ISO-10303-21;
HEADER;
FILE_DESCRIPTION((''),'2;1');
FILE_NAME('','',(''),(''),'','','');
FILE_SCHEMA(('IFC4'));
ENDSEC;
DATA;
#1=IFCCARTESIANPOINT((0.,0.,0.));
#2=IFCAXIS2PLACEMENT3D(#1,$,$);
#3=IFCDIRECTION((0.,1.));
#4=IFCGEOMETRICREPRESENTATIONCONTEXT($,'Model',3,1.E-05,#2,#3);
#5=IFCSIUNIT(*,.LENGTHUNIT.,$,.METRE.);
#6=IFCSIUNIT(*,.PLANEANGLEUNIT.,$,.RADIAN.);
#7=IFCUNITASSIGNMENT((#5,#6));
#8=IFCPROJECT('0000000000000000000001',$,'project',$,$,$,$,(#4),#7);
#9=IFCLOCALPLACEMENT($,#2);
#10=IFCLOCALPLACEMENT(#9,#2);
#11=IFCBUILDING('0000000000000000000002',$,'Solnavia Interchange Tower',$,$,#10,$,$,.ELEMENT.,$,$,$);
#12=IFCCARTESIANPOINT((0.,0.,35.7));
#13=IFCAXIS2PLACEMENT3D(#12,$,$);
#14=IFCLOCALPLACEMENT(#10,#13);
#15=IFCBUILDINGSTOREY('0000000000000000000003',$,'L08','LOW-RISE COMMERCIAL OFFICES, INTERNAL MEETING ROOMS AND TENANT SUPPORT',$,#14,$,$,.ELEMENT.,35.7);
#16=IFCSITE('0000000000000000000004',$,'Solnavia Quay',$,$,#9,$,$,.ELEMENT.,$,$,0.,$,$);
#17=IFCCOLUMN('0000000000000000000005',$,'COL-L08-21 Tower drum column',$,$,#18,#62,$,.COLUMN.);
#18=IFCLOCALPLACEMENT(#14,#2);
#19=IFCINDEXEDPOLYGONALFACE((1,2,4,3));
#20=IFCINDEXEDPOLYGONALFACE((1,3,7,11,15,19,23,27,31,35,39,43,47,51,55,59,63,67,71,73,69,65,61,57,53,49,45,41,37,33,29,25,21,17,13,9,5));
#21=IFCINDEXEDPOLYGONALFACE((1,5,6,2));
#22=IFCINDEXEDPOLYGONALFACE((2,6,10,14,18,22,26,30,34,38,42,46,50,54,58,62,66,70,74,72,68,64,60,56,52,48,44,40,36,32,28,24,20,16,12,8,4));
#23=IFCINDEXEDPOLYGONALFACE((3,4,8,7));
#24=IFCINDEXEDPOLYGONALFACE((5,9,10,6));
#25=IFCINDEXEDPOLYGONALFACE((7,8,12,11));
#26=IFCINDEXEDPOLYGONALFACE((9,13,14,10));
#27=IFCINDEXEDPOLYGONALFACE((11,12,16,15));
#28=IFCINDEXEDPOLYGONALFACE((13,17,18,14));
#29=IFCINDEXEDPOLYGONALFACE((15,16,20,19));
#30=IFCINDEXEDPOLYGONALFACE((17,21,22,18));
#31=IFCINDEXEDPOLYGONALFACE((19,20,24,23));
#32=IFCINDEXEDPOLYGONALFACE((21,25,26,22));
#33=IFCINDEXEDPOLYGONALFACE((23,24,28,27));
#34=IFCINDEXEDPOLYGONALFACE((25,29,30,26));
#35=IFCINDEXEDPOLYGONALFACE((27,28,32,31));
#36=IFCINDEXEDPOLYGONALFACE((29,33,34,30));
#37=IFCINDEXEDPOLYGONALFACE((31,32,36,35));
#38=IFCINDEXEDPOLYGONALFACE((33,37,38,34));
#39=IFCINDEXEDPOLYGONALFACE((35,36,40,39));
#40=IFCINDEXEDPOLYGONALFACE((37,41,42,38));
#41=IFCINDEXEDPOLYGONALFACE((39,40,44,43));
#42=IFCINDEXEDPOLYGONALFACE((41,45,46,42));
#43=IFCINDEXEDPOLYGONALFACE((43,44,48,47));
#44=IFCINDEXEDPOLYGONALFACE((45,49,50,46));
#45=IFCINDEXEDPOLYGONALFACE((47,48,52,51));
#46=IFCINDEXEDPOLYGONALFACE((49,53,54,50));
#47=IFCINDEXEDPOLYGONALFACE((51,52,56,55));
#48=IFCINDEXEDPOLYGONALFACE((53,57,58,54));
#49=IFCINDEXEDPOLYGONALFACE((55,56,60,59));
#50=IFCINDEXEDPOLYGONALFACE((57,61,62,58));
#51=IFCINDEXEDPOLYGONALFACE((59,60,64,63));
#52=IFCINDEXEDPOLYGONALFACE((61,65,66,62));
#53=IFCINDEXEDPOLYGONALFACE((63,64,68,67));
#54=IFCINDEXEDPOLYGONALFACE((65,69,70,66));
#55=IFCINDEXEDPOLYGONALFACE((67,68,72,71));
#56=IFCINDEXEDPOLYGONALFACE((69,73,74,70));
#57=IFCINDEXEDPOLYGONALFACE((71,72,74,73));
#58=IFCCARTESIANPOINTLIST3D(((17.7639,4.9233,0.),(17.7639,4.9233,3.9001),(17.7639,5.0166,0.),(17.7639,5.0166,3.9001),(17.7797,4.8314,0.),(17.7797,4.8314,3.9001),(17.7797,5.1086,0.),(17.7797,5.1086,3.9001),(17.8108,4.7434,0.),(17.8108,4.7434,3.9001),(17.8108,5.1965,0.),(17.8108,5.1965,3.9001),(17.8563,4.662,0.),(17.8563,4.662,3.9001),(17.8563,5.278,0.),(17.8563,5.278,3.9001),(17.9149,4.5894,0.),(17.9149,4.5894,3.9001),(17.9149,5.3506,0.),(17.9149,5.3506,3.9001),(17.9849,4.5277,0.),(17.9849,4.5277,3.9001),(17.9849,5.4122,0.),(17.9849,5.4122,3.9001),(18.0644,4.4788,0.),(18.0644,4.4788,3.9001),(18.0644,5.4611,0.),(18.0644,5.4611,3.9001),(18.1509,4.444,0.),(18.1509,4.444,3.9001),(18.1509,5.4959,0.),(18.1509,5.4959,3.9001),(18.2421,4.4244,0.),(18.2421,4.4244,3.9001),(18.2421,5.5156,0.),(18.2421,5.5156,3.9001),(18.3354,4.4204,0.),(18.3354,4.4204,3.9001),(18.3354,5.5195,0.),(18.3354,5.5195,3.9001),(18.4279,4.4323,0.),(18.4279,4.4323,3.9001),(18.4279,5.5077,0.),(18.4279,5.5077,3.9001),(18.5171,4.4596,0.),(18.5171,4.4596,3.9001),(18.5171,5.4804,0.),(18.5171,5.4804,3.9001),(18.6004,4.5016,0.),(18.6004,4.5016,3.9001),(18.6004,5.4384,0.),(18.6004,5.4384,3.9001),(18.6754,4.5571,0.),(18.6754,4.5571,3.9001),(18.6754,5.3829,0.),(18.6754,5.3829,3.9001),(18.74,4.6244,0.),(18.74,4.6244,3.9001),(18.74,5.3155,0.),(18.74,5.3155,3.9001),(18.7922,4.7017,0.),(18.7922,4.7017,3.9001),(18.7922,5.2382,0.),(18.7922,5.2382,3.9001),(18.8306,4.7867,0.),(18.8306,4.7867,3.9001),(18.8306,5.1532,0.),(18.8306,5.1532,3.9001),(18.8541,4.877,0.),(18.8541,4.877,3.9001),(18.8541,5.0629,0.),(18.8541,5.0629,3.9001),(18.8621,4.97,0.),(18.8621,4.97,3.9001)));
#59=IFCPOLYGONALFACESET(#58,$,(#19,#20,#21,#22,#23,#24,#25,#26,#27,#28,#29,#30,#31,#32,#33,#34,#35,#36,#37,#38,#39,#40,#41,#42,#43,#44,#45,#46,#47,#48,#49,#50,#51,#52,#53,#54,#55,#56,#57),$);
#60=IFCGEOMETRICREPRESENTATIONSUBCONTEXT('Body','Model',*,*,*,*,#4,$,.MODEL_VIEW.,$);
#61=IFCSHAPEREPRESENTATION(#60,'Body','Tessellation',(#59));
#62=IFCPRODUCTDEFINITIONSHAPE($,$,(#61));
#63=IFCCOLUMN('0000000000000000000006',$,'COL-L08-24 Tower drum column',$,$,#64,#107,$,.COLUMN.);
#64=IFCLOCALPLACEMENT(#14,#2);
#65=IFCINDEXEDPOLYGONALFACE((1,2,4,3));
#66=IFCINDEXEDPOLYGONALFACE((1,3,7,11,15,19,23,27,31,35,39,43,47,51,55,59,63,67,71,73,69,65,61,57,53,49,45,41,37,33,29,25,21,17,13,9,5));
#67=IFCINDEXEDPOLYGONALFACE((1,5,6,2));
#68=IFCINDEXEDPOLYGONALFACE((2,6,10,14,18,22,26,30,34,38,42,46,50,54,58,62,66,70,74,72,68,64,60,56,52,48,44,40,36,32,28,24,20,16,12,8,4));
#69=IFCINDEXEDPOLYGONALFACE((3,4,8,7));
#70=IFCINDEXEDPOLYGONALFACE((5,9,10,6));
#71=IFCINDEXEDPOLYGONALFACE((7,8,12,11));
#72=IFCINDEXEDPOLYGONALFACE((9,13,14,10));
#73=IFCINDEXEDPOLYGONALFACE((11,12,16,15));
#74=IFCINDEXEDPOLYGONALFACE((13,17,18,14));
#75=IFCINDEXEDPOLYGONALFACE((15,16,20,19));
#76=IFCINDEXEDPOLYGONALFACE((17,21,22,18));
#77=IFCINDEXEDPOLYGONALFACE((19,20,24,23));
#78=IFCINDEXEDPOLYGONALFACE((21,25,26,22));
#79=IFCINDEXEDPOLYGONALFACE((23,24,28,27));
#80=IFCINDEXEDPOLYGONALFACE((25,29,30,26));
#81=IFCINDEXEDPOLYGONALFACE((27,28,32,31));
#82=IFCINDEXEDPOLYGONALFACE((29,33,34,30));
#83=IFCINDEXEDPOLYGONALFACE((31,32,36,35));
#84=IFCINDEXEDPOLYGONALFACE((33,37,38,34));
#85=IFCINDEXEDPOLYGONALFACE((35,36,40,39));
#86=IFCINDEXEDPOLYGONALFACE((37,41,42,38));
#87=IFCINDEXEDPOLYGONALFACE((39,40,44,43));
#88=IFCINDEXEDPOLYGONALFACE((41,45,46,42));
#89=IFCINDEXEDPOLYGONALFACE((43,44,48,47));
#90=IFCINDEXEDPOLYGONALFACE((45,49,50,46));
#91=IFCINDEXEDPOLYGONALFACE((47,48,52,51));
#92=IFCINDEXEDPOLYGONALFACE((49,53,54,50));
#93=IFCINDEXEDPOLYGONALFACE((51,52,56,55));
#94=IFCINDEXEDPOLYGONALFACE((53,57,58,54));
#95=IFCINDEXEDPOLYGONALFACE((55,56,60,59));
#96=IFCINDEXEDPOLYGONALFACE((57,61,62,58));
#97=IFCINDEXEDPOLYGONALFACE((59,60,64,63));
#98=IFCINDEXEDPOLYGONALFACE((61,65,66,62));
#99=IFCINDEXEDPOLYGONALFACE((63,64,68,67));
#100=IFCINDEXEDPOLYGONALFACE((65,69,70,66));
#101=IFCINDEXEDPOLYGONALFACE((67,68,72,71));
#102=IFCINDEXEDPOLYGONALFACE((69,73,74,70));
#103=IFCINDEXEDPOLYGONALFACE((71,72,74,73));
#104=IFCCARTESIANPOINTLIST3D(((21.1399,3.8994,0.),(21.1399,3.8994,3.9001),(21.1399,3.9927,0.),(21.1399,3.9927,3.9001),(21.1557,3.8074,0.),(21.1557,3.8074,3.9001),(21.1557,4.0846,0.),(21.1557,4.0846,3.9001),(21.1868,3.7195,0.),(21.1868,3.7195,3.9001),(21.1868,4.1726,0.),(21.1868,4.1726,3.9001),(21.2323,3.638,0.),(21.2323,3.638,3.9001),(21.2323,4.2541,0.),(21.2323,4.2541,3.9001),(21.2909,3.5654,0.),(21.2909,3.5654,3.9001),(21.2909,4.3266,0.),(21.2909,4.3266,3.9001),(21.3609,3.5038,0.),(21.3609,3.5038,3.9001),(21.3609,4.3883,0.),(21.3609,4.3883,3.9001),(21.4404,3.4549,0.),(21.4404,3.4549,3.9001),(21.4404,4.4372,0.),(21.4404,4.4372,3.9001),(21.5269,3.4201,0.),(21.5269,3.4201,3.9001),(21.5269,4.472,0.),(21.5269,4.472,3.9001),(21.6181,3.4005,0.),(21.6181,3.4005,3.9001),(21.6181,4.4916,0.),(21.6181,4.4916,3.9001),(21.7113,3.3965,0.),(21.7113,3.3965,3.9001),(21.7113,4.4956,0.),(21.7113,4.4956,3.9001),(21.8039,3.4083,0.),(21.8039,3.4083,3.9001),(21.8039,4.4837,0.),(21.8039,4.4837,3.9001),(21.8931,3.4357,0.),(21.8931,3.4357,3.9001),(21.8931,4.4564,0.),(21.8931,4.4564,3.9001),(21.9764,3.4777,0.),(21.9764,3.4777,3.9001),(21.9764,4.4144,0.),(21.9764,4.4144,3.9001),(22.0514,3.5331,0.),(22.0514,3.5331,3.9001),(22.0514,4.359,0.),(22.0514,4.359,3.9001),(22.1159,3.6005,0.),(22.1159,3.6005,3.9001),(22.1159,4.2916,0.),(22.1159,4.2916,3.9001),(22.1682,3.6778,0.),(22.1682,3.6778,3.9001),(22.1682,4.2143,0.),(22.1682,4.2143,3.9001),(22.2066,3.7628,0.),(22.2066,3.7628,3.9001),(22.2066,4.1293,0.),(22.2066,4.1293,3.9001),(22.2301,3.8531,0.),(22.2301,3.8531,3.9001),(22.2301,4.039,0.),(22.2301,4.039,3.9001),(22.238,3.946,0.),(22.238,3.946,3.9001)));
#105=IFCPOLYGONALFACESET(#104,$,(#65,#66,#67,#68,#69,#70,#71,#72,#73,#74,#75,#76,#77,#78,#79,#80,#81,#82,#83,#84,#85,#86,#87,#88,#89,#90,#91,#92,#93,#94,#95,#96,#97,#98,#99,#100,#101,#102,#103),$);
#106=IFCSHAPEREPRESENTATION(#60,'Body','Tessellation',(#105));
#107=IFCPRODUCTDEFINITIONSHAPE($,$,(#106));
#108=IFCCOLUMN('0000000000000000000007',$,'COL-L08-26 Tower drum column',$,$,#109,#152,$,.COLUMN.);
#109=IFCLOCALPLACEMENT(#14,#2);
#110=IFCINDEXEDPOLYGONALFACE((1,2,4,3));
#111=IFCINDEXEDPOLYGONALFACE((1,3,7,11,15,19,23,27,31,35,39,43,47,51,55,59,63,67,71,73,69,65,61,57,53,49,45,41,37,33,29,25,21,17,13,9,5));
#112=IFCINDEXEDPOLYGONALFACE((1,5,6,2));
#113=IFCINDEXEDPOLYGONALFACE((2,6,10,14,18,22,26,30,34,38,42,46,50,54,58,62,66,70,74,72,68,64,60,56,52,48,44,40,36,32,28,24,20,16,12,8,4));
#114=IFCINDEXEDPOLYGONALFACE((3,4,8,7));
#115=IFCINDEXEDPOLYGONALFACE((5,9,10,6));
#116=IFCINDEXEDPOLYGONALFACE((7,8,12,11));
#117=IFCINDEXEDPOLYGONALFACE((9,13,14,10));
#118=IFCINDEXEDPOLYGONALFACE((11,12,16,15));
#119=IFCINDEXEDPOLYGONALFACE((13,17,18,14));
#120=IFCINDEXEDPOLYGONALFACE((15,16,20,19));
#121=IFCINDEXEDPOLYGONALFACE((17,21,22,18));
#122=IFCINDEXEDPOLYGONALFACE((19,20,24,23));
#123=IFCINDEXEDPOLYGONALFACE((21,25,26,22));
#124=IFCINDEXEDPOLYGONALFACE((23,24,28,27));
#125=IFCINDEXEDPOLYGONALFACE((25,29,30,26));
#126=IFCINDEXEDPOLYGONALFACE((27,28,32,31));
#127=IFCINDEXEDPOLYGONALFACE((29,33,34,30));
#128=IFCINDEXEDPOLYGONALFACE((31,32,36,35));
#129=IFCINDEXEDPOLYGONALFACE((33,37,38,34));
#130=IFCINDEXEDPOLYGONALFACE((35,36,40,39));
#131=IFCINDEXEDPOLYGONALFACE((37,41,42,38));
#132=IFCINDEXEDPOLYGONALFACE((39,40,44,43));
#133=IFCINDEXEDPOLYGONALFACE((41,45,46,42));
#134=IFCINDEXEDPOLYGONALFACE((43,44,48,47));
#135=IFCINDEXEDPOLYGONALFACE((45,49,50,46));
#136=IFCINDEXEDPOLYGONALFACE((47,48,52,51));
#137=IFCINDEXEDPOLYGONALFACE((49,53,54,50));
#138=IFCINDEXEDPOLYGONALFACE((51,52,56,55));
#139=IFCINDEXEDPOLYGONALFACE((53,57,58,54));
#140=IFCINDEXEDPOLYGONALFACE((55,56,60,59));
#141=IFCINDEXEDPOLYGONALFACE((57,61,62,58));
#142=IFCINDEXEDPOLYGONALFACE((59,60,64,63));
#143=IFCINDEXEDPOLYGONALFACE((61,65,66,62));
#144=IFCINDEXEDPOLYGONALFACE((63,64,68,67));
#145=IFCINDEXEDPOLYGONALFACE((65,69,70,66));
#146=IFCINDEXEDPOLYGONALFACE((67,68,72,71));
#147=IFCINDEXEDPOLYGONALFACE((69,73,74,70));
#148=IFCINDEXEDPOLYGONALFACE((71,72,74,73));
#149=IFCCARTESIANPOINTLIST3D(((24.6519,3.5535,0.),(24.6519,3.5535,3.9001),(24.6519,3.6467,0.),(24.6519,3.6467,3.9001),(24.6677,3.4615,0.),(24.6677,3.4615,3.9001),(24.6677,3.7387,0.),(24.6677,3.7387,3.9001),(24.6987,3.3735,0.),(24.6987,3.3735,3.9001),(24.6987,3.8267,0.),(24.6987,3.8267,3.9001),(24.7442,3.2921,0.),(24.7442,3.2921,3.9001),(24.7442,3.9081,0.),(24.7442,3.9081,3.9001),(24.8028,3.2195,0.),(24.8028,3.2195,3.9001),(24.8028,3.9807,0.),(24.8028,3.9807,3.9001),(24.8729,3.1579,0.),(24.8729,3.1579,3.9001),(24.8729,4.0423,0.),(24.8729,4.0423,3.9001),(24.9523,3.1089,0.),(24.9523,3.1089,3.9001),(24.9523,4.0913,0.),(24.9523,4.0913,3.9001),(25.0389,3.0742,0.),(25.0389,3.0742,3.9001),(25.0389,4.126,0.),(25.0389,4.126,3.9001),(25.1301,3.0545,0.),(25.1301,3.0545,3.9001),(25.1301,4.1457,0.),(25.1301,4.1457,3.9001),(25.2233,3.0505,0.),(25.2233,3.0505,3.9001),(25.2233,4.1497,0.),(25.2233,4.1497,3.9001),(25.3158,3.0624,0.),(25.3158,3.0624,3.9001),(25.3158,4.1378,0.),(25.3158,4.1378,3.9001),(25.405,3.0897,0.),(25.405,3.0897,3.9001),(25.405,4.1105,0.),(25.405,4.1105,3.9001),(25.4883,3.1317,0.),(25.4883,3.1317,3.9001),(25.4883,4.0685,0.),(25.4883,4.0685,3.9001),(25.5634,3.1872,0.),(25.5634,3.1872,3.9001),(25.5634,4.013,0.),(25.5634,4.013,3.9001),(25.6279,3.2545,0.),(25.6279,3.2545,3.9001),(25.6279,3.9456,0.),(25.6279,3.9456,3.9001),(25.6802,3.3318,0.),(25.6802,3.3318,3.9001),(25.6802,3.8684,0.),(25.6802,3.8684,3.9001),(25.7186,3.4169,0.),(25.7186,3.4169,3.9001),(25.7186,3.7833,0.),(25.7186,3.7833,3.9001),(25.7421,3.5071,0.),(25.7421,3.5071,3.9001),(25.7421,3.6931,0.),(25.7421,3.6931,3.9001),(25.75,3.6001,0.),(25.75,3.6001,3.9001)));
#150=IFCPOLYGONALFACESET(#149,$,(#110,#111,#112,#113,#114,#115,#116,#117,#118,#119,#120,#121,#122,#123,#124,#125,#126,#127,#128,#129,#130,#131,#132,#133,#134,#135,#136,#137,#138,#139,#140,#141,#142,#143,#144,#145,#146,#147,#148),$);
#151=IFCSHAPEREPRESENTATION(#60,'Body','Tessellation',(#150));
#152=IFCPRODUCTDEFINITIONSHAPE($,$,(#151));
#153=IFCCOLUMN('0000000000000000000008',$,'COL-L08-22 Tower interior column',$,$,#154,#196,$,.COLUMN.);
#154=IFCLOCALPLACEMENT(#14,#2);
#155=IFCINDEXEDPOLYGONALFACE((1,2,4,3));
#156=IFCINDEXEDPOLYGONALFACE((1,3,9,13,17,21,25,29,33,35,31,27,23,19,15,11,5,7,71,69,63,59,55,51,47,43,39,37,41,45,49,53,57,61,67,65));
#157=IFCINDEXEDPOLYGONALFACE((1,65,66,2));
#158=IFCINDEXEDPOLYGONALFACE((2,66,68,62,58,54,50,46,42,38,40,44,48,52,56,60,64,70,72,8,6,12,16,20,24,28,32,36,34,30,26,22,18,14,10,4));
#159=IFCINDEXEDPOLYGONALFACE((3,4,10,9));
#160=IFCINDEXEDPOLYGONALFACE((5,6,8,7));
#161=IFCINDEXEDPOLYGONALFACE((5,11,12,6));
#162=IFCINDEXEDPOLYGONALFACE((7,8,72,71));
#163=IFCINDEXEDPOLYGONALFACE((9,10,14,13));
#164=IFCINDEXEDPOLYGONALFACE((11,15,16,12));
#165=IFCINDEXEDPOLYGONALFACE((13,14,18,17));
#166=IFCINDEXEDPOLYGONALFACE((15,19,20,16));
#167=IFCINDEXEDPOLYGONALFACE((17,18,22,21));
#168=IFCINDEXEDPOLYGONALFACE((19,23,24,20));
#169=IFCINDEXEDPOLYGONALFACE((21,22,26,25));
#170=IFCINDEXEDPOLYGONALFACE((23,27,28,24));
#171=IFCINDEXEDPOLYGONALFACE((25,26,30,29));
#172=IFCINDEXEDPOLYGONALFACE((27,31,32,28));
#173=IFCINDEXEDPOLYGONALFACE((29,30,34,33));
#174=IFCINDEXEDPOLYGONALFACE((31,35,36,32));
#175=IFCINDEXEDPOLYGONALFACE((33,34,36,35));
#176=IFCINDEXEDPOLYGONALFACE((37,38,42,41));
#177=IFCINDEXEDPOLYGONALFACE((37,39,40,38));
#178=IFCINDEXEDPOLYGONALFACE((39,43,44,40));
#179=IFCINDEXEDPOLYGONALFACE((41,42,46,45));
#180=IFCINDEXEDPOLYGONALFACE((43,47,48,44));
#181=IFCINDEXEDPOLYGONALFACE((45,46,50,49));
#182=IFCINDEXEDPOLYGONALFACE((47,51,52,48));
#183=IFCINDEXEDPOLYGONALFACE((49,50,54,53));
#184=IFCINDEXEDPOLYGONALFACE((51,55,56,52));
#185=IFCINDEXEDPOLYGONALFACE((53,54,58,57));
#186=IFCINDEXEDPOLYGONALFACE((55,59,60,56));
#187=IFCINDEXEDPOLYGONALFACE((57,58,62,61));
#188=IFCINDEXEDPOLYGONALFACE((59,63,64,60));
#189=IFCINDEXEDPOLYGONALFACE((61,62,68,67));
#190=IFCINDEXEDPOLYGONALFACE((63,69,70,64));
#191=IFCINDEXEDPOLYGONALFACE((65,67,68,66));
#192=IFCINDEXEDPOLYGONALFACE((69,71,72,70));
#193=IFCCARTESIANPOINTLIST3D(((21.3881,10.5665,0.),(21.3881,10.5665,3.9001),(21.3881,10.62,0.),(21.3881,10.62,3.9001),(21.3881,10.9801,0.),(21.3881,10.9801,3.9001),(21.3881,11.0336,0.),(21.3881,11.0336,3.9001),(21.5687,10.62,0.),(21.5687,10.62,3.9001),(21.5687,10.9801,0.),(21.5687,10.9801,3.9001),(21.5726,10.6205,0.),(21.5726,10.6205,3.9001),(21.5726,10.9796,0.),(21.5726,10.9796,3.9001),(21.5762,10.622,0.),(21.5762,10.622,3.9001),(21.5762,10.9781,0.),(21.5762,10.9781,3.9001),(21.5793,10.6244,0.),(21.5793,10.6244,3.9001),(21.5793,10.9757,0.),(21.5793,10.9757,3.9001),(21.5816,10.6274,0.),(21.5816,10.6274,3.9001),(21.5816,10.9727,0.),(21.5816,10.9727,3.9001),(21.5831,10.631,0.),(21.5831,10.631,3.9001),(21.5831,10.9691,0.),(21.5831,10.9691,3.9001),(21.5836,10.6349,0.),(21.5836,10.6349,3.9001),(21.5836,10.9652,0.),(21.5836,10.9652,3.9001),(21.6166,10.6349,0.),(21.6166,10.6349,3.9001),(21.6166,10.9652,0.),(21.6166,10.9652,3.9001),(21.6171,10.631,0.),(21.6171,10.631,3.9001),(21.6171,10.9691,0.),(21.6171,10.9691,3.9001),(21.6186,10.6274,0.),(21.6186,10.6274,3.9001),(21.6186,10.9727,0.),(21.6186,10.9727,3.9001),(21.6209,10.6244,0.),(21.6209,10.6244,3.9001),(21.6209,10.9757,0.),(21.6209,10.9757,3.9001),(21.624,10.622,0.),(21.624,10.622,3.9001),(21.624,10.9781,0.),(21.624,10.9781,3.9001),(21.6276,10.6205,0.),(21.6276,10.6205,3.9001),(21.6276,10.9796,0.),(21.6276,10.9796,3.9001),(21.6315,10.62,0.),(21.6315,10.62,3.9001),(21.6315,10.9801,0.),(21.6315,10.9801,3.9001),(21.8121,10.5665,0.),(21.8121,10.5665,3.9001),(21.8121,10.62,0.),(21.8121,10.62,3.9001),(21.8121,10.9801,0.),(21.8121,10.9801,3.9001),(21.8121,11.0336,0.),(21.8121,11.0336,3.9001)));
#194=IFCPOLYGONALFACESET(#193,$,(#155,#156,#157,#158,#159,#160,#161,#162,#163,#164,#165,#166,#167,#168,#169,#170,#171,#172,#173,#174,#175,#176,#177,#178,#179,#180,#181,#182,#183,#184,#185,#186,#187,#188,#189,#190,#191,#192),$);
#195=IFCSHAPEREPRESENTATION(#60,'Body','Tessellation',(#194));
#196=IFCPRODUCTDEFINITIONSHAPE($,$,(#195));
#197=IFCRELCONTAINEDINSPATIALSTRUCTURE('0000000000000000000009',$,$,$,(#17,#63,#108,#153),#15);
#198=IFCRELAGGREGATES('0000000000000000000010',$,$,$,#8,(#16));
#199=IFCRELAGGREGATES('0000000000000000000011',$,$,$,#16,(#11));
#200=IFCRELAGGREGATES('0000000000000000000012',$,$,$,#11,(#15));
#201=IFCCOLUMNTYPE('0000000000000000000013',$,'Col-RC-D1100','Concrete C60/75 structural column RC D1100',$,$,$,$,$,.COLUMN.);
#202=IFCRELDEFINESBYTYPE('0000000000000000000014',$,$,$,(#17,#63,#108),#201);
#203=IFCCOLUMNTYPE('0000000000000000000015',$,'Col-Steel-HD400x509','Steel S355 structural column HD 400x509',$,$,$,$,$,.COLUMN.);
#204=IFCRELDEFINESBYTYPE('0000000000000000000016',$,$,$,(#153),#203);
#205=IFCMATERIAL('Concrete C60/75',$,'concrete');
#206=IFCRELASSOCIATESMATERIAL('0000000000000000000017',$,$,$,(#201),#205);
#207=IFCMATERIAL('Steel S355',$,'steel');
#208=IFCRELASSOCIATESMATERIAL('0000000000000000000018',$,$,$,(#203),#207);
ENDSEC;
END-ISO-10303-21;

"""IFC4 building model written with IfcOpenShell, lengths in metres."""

from ifc_helpers import new_model, si_unit, direction, frame, origin, origin_2d, place, context, subcontext, project, spatial, circle, i_section, extrude, material, material_profile, profile_set, type_object, element, save


model = new_model("IFC4")

# Units and contexts
model_context = context("Model", 3, precision=1e-05, world=origin(), true_north=direction((0.0, 1.0)))
body_context = subcontext(model_context, "Body", "Model", "MODEL_VIEW")
ifc_project = project(units=[si_unit("LENGTHUNIT", "METRE"), si_unit("PLANEANGLEUNIT", "RADIAN")], contexts=[model_context])

# Site, building, storey
site_placement = place(None, origin())
site = spatial("IfcSite", under=ifc_project, at=site_placement, Name="Solnavia Quay", CompositionType="ELEMENT", RefElevation=0.0)
building_placement = place(site_placement, origin())
building = spatial("IfcBuilding", under=site, at=building_placement, Name="Solnavia Interchange Tower", CompositionType="ELEMENT")
storey_placement = place(building_placement, frame((0.0, 0.0, 35.7)))
storey = spatial("IfcBuildingStorey", under=building, at=storey_placement, Name="L08", Description="LOW-RISE COMMERCIAL OFFICES, INTERNAL MEETING ROOMS AND TENANT SUPPORT", CompositionType="ELEMENT", Elevation=35.7)

# Columns
ifc_material_1 = material(Name="Concrete C60/75", Category="concrete")
ifc_material_profile_1 = material_profile(ifc_material_1, circle(Radius=0.55, at=origin_2d()), Name="RC D1100")
ifc_profile_set_1 = profile_set([ifc_material_profile_1], Name="Concrete C60/75")
column_type_1 = type_object("IfcColumnType", Name="Col-RC-D1100", Description="Concrete C60/75 structural column RC D1100", PredefinedType="COLUMN", material=ifc_profile_set_1)
for number, where, z_axis, x_axis, name in (
    (1, (18.312, 4.97, 0.0), (0.0, 0.0, 1.0), (1.0, 0.0, 0.0), "COL-L08-21 Tower drum column"),
    (2, (21.688, 3.946, 0.0), (0.0, 0.0, 1.0), (1.0, 0.0, 0.0), "COL-L08-24 Tower drum column"),
    (3, (25.2, 3.6001, 0.0), (0.0, 0.0, 1.0), (1.0, 0.0, 0.0), "COL-L08-26 Tower drum column"),
):
    element("IfcColumn", number, at=place(storey_placement, frame(where, z_axis=z_axis, x_axis=x_axis)), inside=storey, type_object=column_type_1, Name=name, PredefinedType="COLUMN", context=body_context, shape_type="SweptSolid", body=[
        extrude(circle(Radius=0.55, at=origin_2d()), origin(), (0.0, 0.0, 1.0), 3.9001),
    ])
ifc_material_2 = material(Name="Steel S355", Category="steel")
ifc_material_profile_2 = material_profile(ifc_material_2, i_section(OverallWidth=0.4241, OverallDepth=0.467, WebThickness=0.033, FlangeThickness=0.0535, FilletRadius=0.0149, at=origin_2d()), Name="HD 400x509")
ifc_profile_set_2 = profile_set([ifc_material_profile_2], Name="Steel S355")
column_type_2 = type_object("IfcColumnType", Name="Col-Steel-HD400x509", Description="Steel S355 structural column HD 400x509", PredefinedType="COLUMN", material=ifc_profile_set_2)
column_placement = place(storey_placement, frame((21.6001, 10.8, 0.0), z_axis=(0.0, 0.0, 1.0), x_axis=(1.0, 0.0, 0.0)))
element("IfcColumn", 4, at=column_placement, inside=storey, type_object=column_type_2, Name="COL-L08-22 Tower interior column", PredefinedType="COLUMN", context=body_context, shape_type="SweptSolid", body=[
    extrude(i_section(OverallWidth=0.4241, OverallDepth=0.467, WebThickness=0.033, FlangeThickness=0.0535, FilletRadius=0.0149, at=origin_2d()), origin(), (0.0, 0.0, 1.0), 3.9001),
])

save(model, "model.ifc")
